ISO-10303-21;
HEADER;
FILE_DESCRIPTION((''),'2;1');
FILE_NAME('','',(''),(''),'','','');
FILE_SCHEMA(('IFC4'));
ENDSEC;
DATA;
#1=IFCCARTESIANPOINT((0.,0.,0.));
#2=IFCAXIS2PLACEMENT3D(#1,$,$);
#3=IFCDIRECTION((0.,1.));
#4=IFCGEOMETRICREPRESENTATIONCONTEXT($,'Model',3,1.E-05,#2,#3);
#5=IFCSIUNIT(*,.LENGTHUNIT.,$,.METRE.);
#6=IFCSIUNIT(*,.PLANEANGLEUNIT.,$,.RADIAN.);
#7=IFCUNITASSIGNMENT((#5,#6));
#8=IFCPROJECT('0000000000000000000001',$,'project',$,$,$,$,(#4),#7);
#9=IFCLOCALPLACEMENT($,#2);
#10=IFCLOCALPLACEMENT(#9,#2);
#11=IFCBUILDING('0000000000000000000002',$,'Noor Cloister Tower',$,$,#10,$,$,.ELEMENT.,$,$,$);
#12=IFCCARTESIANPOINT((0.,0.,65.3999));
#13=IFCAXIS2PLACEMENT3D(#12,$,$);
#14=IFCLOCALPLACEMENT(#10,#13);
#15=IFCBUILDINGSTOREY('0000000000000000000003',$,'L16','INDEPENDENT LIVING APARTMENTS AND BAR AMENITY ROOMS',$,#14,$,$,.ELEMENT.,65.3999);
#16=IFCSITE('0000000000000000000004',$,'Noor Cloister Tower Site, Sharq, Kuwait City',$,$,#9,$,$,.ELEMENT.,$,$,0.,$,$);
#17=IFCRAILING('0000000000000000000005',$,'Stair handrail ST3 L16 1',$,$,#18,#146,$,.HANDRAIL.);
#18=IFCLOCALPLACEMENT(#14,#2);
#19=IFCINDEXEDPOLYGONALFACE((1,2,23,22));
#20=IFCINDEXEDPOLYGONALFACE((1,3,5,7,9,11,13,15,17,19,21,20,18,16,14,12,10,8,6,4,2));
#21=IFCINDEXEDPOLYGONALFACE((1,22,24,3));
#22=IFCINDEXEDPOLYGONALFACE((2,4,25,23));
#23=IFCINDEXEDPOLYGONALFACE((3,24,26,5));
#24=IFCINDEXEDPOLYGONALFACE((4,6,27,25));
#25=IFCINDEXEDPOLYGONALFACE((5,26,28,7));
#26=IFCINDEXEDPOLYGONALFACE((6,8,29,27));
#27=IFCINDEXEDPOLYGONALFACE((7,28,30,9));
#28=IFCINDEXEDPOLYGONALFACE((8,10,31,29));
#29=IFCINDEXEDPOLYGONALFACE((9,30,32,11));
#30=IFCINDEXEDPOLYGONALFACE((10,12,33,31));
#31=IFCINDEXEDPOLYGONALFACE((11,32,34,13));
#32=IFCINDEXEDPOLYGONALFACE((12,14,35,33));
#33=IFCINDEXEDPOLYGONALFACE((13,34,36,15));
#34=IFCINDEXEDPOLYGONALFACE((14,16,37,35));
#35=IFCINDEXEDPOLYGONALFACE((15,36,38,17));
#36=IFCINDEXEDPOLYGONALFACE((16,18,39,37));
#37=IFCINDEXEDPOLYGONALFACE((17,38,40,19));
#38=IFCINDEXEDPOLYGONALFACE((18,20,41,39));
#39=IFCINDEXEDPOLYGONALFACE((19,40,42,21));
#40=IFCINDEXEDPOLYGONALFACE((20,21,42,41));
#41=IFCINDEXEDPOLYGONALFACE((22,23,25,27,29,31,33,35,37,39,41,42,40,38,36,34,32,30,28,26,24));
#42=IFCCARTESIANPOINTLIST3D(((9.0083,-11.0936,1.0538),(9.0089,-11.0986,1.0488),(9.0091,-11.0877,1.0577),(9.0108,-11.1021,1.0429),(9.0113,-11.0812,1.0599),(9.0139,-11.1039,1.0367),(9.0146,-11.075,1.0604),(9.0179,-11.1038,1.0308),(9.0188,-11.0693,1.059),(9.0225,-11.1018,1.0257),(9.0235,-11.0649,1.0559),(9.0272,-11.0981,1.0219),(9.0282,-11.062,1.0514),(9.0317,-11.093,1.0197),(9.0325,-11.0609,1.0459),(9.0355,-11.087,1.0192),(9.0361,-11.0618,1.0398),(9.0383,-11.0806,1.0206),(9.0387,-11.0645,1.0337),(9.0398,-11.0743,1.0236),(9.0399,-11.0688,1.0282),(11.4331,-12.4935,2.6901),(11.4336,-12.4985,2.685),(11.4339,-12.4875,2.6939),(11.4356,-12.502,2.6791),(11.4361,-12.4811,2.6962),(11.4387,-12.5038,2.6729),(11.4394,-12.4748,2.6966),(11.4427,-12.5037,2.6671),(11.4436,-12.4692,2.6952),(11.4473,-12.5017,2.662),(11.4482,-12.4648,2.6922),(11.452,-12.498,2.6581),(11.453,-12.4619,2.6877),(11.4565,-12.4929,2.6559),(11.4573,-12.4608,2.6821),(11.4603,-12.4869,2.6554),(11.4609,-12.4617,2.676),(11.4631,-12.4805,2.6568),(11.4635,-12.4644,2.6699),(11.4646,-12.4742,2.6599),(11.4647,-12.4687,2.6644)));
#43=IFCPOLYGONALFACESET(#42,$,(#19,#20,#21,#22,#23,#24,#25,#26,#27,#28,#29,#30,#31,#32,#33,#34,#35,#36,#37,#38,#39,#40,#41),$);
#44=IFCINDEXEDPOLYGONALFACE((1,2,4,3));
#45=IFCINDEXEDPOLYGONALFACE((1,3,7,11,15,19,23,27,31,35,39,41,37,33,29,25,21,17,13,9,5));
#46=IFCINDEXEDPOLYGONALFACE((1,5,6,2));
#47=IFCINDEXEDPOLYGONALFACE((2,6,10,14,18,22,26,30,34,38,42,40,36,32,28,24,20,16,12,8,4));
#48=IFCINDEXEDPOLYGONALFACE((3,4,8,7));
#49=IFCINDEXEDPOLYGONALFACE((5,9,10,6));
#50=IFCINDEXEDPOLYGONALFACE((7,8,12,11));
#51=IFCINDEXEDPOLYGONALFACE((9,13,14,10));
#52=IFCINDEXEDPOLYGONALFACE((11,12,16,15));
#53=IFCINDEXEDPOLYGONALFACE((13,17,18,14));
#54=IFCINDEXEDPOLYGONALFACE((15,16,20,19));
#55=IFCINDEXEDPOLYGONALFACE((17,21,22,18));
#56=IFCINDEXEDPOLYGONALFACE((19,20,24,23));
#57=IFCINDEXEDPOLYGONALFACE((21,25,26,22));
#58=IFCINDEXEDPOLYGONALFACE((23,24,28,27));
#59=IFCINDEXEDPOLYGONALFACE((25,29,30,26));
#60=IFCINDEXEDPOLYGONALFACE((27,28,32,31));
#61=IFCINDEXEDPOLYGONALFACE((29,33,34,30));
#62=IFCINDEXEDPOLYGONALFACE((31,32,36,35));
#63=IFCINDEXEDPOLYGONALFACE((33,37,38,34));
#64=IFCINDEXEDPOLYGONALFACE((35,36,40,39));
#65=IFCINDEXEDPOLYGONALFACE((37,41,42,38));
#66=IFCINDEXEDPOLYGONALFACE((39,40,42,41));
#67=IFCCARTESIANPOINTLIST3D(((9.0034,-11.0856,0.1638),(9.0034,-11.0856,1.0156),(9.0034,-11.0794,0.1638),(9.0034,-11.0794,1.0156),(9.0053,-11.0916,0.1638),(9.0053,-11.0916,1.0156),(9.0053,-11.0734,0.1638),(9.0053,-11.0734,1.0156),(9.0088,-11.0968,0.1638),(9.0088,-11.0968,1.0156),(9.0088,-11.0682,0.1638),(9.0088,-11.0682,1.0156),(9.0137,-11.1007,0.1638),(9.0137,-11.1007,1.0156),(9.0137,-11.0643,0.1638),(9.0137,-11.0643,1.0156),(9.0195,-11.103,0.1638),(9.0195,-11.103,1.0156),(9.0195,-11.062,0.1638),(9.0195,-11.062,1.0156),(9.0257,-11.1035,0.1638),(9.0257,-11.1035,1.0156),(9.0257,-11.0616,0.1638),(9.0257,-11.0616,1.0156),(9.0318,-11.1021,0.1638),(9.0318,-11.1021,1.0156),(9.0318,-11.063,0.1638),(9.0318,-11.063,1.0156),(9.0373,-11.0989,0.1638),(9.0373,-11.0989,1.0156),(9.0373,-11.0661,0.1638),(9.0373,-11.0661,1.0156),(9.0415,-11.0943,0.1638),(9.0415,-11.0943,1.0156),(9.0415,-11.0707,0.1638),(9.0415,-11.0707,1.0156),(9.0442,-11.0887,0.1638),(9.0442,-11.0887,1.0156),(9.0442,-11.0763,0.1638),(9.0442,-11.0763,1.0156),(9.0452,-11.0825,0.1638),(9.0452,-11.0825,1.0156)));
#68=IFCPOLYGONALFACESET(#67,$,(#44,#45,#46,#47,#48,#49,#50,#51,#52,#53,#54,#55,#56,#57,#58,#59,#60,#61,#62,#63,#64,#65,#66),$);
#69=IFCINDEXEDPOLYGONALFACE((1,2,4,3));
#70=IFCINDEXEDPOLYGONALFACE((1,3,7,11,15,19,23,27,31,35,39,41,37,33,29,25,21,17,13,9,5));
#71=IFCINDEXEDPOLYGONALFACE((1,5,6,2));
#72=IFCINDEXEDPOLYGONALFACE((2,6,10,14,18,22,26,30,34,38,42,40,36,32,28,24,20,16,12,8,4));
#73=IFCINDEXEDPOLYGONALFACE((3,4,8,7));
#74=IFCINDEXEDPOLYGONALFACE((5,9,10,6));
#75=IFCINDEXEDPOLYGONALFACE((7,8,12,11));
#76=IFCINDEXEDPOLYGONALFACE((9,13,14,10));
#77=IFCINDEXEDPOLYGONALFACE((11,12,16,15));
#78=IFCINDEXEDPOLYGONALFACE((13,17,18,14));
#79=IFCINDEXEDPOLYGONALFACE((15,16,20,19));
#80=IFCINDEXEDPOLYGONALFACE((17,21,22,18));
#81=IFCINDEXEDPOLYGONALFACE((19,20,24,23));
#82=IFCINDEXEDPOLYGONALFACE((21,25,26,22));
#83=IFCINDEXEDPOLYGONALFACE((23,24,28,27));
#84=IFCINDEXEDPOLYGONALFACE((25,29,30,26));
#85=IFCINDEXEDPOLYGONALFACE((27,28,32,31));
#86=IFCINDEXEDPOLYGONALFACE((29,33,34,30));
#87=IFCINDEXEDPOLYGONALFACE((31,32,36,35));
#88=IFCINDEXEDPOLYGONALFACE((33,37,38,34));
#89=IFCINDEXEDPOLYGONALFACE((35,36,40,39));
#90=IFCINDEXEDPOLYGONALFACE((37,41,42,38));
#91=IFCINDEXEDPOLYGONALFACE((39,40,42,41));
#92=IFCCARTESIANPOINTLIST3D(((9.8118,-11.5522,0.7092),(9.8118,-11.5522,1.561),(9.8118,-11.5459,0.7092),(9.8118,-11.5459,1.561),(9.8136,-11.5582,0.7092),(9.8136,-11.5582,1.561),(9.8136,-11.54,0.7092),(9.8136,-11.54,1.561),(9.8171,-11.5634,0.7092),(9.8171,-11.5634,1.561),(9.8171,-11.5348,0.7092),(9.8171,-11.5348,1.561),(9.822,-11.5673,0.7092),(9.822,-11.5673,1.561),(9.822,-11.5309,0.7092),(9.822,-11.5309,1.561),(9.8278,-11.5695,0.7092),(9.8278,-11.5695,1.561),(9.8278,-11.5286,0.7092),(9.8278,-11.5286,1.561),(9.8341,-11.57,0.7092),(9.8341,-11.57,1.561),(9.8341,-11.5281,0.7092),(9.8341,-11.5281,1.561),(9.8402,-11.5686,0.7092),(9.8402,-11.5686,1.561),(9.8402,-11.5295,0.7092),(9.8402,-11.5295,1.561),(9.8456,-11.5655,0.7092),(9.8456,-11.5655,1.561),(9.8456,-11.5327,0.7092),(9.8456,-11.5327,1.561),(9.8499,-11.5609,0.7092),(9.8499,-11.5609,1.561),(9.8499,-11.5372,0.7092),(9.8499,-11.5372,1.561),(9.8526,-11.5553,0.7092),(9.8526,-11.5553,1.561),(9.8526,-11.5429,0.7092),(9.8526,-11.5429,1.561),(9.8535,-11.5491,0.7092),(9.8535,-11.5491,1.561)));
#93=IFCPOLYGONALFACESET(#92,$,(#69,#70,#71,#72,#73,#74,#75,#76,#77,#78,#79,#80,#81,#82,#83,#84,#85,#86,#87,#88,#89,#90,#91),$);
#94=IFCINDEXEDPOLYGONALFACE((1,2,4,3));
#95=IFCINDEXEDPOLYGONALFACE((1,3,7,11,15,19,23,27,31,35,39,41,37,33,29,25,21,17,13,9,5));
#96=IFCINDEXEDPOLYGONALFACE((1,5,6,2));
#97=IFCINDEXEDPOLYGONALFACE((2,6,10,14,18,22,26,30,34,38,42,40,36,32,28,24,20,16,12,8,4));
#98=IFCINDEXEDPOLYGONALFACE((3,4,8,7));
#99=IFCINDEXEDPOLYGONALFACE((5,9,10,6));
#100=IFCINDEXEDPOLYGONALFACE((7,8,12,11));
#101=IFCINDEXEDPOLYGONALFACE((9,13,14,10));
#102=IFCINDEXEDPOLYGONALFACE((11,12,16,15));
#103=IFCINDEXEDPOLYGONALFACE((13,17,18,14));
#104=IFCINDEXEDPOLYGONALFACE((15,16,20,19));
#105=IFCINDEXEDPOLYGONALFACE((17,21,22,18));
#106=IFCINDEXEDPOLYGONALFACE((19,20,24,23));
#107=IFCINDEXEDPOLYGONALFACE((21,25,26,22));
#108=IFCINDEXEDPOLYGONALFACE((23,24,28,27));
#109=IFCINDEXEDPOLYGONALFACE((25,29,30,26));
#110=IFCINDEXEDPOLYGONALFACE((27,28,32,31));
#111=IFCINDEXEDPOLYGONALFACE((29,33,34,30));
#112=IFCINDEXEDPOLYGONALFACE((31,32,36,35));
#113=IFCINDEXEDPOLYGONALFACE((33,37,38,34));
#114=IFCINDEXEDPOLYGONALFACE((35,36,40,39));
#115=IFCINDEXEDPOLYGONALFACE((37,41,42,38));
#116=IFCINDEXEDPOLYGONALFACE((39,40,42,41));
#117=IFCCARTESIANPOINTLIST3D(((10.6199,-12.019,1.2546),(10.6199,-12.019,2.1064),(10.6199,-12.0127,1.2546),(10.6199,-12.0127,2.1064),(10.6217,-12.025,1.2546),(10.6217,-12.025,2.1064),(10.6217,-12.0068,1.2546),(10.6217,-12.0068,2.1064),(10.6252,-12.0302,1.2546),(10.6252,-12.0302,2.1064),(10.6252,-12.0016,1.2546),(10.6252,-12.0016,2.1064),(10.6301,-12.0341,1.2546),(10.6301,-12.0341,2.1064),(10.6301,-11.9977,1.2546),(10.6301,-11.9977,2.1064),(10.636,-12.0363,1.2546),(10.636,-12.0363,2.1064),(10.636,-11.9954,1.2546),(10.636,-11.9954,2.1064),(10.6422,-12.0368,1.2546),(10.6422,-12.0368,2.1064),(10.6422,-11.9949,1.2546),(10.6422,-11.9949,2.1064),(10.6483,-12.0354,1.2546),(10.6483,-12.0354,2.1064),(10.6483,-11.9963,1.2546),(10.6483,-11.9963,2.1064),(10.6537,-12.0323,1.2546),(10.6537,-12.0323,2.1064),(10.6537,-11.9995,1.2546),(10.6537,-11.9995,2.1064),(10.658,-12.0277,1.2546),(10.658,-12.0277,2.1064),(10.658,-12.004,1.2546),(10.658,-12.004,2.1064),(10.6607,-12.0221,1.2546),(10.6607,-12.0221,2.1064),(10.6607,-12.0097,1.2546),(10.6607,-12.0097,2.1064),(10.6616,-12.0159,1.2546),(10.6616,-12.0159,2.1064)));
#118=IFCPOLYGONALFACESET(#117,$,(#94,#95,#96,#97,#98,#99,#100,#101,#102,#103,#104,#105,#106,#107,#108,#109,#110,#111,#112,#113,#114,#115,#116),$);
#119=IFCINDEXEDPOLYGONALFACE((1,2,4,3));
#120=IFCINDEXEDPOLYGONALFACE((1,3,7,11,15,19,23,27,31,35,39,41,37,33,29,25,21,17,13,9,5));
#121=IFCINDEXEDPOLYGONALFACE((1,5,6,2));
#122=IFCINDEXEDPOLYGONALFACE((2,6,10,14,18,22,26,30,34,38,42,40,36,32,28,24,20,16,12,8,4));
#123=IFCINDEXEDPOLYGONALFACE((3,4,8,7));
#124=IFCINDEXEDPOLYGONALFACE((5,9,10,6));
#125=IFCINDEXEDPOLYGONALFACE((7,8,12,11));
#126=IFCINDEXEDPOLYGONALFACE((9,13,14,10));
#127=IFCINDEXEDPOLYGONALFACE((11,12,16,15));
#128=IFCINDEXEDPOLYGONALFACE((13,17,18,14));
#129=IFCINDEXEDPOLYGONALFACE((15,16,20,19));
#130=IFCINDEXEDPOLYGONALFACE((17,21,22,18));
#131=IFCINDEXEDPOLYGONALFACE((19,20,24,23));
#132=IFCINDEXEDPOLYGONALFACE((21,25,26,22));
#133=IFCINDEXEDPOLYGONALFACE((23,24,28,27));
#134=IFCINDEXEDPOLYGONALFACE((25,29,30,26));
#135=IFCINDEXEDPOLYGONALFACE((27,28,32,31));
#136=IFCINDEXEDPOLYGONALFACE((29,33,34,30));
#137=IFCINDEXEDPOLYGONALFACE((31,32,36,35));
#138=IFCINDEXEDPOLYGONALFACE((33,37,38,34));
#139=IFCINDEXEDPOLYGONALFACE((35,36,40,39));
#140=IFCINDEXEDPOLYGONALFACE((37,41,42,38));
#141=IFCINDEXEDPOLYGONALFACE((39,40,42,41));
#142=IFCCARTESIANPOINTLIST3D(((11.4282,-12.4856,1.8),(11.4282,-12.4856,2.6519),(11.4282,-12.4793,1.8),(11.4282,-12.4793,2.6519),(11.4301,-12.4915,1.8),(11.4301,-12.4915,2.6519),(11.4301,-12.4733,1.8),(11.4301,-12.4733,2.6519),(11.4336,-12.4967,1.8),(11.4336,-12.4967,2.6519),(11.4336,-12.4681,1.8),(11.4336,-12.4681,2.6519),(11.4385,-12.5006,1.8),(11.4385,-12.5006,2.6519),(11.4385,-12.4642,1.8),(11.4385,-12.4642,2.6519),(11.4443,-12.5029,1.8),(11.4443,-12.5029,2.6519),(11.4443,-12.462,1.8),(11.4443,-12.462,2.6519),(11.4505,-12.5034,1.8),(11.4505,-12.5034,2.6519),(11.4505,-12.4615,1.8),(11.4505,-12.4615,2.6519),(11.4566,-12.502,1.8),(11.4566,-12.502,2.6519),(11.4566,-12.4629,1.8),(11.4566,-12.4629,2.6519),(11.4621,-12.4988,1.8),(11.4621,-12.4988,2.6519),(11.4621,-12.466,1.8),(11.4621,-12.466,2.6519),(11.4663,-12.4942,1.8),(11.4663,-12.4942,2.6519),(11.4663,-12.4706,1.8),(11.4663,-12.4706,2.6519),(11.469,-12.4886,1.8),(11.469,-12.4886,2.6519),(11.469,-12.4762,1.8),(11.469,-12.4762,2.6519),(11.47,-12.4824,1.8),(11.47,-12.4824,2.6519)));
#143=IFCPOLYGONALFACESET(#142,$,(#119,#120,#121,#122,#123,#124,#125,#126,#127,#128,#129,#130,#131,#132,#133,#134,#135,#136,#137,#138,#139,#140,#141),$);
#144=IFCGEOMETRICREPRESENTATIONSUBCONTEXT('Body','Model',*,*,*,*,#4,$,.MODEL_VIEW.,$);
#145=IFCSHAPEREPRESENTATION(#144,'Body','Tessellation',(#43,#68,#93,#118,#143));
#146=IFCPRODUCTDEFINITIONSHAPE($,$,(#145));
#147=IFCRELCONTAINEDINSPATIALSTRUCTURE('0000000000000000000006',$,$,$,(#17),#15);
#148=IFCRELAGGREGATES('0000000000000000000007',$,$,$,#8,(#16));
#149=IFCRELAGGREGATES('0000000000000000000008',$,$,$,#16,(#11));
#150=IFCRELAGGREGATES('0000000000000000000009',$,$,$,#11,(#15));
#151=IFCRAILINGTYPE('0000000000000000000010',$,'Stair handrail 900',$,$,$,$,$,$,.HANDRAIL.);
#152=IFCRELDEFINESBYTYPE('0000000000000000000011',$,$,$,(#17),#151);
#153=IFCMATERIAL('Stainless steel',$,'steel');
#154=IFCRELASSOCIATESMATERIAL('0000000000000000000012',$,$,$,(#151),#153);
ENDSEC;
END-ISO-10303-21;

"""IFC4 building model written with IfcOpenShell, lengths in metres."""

from ifc_helpers import new_model, si_unit, direction, frame, origin, origin_2d, place, context, subcontext, project, spatial, circle, extrude, material, type_object, element, save


model = new_model("IFC4")

# Units and contexts
model_context = context("Model", 3, precision=1e-05, world=origin(), true_north=direction((0.0, 1.0)))
body_context = subcontext(model_context, "Body", "Model", "MODEL_VIEW")
ifc_project = project(units=[si_unit("LENGTHUNIT", "METRE"), si_unit("PLANEANGLEUNIT", "RADIAN")], contexts=[model_context])

# Site, building, storey
site_placement = place(None, origin())
site = spatial("IfcSite", under=ifc_project, at=site_placement, Name="Noor Cloister Tower Site, Sharq, Kuwait City", CompositionType="ELEMENT", RefElevation=0.0)
building_placement = place(site_placement, origin())
building = spatial("IfcBuilding", under=site, at=building_placement, Name="Noor Cloister Tower", CompositionType="ELEMENT")
storey_placement = place(building_placement, frame((0.0, 0.0, 65.3999)))
storey = spatial("IfcBuildingStorey", under=building, at=storey_placement, Name="L16", Description="INDEPENDENT LIVING APARTMENTS AND BAR AMENITY ROOMS", CompositionType="ELEMENT", Elevation=65.3999)

# Railing
ifc_material_1 = material(Name="Stainless steel", Category="steel")
railing_type_1 = type_object("IfcRailingType", Name="Stair handrail 900", PredefinedType="HANDRAIL", material=ifc_material_1)
railing_1_placement = place(storey_placement, frame((9.0242, -11.0825, 0.1638)))
element("IfcRailing", 1, at=railing_1_placement, inside=storey, type_object=railing_type_1, Name="Stair handrail ST3 L16 1", PredefinedType="HANDRAIL", context=body_context, shape_type="SweptSolid", body=[
    extrude(circle(Radius=0.0239, at=origin_2d()), frame((0.0, 0.0, 0.876), z_axis=(0.747718, -0.431677, 0.504552), x_axis=(0.499984, 0.866035, 0.0)), (0.0, 0.0, 1.0), 3.2429),
    extrude(circle(Radius=0.021, at=origin_2d()), origin(), (0.0, 0.0, 1.0), 0.8518),
    extrude(circle(Radius=0.021, at=origin_2d()), frame((0.8083, -0.4666, 0.5454)), (0.0, 0.0, 1.0), 0.8518),
    extrude(circle(Radius=0.021, at=origin_2d()), frame((1.6165, -0.9333, 1.0908)), (0.0, 0.0, 1.0), 0.8518),
    extrude(circle(Radius=0.021, at=origin_2d()), frame((2.4248, -1.3999, 1.6362)), (0.0, 0.0, 1.0), 0.8518),
])

save(model, "model.ifc")
